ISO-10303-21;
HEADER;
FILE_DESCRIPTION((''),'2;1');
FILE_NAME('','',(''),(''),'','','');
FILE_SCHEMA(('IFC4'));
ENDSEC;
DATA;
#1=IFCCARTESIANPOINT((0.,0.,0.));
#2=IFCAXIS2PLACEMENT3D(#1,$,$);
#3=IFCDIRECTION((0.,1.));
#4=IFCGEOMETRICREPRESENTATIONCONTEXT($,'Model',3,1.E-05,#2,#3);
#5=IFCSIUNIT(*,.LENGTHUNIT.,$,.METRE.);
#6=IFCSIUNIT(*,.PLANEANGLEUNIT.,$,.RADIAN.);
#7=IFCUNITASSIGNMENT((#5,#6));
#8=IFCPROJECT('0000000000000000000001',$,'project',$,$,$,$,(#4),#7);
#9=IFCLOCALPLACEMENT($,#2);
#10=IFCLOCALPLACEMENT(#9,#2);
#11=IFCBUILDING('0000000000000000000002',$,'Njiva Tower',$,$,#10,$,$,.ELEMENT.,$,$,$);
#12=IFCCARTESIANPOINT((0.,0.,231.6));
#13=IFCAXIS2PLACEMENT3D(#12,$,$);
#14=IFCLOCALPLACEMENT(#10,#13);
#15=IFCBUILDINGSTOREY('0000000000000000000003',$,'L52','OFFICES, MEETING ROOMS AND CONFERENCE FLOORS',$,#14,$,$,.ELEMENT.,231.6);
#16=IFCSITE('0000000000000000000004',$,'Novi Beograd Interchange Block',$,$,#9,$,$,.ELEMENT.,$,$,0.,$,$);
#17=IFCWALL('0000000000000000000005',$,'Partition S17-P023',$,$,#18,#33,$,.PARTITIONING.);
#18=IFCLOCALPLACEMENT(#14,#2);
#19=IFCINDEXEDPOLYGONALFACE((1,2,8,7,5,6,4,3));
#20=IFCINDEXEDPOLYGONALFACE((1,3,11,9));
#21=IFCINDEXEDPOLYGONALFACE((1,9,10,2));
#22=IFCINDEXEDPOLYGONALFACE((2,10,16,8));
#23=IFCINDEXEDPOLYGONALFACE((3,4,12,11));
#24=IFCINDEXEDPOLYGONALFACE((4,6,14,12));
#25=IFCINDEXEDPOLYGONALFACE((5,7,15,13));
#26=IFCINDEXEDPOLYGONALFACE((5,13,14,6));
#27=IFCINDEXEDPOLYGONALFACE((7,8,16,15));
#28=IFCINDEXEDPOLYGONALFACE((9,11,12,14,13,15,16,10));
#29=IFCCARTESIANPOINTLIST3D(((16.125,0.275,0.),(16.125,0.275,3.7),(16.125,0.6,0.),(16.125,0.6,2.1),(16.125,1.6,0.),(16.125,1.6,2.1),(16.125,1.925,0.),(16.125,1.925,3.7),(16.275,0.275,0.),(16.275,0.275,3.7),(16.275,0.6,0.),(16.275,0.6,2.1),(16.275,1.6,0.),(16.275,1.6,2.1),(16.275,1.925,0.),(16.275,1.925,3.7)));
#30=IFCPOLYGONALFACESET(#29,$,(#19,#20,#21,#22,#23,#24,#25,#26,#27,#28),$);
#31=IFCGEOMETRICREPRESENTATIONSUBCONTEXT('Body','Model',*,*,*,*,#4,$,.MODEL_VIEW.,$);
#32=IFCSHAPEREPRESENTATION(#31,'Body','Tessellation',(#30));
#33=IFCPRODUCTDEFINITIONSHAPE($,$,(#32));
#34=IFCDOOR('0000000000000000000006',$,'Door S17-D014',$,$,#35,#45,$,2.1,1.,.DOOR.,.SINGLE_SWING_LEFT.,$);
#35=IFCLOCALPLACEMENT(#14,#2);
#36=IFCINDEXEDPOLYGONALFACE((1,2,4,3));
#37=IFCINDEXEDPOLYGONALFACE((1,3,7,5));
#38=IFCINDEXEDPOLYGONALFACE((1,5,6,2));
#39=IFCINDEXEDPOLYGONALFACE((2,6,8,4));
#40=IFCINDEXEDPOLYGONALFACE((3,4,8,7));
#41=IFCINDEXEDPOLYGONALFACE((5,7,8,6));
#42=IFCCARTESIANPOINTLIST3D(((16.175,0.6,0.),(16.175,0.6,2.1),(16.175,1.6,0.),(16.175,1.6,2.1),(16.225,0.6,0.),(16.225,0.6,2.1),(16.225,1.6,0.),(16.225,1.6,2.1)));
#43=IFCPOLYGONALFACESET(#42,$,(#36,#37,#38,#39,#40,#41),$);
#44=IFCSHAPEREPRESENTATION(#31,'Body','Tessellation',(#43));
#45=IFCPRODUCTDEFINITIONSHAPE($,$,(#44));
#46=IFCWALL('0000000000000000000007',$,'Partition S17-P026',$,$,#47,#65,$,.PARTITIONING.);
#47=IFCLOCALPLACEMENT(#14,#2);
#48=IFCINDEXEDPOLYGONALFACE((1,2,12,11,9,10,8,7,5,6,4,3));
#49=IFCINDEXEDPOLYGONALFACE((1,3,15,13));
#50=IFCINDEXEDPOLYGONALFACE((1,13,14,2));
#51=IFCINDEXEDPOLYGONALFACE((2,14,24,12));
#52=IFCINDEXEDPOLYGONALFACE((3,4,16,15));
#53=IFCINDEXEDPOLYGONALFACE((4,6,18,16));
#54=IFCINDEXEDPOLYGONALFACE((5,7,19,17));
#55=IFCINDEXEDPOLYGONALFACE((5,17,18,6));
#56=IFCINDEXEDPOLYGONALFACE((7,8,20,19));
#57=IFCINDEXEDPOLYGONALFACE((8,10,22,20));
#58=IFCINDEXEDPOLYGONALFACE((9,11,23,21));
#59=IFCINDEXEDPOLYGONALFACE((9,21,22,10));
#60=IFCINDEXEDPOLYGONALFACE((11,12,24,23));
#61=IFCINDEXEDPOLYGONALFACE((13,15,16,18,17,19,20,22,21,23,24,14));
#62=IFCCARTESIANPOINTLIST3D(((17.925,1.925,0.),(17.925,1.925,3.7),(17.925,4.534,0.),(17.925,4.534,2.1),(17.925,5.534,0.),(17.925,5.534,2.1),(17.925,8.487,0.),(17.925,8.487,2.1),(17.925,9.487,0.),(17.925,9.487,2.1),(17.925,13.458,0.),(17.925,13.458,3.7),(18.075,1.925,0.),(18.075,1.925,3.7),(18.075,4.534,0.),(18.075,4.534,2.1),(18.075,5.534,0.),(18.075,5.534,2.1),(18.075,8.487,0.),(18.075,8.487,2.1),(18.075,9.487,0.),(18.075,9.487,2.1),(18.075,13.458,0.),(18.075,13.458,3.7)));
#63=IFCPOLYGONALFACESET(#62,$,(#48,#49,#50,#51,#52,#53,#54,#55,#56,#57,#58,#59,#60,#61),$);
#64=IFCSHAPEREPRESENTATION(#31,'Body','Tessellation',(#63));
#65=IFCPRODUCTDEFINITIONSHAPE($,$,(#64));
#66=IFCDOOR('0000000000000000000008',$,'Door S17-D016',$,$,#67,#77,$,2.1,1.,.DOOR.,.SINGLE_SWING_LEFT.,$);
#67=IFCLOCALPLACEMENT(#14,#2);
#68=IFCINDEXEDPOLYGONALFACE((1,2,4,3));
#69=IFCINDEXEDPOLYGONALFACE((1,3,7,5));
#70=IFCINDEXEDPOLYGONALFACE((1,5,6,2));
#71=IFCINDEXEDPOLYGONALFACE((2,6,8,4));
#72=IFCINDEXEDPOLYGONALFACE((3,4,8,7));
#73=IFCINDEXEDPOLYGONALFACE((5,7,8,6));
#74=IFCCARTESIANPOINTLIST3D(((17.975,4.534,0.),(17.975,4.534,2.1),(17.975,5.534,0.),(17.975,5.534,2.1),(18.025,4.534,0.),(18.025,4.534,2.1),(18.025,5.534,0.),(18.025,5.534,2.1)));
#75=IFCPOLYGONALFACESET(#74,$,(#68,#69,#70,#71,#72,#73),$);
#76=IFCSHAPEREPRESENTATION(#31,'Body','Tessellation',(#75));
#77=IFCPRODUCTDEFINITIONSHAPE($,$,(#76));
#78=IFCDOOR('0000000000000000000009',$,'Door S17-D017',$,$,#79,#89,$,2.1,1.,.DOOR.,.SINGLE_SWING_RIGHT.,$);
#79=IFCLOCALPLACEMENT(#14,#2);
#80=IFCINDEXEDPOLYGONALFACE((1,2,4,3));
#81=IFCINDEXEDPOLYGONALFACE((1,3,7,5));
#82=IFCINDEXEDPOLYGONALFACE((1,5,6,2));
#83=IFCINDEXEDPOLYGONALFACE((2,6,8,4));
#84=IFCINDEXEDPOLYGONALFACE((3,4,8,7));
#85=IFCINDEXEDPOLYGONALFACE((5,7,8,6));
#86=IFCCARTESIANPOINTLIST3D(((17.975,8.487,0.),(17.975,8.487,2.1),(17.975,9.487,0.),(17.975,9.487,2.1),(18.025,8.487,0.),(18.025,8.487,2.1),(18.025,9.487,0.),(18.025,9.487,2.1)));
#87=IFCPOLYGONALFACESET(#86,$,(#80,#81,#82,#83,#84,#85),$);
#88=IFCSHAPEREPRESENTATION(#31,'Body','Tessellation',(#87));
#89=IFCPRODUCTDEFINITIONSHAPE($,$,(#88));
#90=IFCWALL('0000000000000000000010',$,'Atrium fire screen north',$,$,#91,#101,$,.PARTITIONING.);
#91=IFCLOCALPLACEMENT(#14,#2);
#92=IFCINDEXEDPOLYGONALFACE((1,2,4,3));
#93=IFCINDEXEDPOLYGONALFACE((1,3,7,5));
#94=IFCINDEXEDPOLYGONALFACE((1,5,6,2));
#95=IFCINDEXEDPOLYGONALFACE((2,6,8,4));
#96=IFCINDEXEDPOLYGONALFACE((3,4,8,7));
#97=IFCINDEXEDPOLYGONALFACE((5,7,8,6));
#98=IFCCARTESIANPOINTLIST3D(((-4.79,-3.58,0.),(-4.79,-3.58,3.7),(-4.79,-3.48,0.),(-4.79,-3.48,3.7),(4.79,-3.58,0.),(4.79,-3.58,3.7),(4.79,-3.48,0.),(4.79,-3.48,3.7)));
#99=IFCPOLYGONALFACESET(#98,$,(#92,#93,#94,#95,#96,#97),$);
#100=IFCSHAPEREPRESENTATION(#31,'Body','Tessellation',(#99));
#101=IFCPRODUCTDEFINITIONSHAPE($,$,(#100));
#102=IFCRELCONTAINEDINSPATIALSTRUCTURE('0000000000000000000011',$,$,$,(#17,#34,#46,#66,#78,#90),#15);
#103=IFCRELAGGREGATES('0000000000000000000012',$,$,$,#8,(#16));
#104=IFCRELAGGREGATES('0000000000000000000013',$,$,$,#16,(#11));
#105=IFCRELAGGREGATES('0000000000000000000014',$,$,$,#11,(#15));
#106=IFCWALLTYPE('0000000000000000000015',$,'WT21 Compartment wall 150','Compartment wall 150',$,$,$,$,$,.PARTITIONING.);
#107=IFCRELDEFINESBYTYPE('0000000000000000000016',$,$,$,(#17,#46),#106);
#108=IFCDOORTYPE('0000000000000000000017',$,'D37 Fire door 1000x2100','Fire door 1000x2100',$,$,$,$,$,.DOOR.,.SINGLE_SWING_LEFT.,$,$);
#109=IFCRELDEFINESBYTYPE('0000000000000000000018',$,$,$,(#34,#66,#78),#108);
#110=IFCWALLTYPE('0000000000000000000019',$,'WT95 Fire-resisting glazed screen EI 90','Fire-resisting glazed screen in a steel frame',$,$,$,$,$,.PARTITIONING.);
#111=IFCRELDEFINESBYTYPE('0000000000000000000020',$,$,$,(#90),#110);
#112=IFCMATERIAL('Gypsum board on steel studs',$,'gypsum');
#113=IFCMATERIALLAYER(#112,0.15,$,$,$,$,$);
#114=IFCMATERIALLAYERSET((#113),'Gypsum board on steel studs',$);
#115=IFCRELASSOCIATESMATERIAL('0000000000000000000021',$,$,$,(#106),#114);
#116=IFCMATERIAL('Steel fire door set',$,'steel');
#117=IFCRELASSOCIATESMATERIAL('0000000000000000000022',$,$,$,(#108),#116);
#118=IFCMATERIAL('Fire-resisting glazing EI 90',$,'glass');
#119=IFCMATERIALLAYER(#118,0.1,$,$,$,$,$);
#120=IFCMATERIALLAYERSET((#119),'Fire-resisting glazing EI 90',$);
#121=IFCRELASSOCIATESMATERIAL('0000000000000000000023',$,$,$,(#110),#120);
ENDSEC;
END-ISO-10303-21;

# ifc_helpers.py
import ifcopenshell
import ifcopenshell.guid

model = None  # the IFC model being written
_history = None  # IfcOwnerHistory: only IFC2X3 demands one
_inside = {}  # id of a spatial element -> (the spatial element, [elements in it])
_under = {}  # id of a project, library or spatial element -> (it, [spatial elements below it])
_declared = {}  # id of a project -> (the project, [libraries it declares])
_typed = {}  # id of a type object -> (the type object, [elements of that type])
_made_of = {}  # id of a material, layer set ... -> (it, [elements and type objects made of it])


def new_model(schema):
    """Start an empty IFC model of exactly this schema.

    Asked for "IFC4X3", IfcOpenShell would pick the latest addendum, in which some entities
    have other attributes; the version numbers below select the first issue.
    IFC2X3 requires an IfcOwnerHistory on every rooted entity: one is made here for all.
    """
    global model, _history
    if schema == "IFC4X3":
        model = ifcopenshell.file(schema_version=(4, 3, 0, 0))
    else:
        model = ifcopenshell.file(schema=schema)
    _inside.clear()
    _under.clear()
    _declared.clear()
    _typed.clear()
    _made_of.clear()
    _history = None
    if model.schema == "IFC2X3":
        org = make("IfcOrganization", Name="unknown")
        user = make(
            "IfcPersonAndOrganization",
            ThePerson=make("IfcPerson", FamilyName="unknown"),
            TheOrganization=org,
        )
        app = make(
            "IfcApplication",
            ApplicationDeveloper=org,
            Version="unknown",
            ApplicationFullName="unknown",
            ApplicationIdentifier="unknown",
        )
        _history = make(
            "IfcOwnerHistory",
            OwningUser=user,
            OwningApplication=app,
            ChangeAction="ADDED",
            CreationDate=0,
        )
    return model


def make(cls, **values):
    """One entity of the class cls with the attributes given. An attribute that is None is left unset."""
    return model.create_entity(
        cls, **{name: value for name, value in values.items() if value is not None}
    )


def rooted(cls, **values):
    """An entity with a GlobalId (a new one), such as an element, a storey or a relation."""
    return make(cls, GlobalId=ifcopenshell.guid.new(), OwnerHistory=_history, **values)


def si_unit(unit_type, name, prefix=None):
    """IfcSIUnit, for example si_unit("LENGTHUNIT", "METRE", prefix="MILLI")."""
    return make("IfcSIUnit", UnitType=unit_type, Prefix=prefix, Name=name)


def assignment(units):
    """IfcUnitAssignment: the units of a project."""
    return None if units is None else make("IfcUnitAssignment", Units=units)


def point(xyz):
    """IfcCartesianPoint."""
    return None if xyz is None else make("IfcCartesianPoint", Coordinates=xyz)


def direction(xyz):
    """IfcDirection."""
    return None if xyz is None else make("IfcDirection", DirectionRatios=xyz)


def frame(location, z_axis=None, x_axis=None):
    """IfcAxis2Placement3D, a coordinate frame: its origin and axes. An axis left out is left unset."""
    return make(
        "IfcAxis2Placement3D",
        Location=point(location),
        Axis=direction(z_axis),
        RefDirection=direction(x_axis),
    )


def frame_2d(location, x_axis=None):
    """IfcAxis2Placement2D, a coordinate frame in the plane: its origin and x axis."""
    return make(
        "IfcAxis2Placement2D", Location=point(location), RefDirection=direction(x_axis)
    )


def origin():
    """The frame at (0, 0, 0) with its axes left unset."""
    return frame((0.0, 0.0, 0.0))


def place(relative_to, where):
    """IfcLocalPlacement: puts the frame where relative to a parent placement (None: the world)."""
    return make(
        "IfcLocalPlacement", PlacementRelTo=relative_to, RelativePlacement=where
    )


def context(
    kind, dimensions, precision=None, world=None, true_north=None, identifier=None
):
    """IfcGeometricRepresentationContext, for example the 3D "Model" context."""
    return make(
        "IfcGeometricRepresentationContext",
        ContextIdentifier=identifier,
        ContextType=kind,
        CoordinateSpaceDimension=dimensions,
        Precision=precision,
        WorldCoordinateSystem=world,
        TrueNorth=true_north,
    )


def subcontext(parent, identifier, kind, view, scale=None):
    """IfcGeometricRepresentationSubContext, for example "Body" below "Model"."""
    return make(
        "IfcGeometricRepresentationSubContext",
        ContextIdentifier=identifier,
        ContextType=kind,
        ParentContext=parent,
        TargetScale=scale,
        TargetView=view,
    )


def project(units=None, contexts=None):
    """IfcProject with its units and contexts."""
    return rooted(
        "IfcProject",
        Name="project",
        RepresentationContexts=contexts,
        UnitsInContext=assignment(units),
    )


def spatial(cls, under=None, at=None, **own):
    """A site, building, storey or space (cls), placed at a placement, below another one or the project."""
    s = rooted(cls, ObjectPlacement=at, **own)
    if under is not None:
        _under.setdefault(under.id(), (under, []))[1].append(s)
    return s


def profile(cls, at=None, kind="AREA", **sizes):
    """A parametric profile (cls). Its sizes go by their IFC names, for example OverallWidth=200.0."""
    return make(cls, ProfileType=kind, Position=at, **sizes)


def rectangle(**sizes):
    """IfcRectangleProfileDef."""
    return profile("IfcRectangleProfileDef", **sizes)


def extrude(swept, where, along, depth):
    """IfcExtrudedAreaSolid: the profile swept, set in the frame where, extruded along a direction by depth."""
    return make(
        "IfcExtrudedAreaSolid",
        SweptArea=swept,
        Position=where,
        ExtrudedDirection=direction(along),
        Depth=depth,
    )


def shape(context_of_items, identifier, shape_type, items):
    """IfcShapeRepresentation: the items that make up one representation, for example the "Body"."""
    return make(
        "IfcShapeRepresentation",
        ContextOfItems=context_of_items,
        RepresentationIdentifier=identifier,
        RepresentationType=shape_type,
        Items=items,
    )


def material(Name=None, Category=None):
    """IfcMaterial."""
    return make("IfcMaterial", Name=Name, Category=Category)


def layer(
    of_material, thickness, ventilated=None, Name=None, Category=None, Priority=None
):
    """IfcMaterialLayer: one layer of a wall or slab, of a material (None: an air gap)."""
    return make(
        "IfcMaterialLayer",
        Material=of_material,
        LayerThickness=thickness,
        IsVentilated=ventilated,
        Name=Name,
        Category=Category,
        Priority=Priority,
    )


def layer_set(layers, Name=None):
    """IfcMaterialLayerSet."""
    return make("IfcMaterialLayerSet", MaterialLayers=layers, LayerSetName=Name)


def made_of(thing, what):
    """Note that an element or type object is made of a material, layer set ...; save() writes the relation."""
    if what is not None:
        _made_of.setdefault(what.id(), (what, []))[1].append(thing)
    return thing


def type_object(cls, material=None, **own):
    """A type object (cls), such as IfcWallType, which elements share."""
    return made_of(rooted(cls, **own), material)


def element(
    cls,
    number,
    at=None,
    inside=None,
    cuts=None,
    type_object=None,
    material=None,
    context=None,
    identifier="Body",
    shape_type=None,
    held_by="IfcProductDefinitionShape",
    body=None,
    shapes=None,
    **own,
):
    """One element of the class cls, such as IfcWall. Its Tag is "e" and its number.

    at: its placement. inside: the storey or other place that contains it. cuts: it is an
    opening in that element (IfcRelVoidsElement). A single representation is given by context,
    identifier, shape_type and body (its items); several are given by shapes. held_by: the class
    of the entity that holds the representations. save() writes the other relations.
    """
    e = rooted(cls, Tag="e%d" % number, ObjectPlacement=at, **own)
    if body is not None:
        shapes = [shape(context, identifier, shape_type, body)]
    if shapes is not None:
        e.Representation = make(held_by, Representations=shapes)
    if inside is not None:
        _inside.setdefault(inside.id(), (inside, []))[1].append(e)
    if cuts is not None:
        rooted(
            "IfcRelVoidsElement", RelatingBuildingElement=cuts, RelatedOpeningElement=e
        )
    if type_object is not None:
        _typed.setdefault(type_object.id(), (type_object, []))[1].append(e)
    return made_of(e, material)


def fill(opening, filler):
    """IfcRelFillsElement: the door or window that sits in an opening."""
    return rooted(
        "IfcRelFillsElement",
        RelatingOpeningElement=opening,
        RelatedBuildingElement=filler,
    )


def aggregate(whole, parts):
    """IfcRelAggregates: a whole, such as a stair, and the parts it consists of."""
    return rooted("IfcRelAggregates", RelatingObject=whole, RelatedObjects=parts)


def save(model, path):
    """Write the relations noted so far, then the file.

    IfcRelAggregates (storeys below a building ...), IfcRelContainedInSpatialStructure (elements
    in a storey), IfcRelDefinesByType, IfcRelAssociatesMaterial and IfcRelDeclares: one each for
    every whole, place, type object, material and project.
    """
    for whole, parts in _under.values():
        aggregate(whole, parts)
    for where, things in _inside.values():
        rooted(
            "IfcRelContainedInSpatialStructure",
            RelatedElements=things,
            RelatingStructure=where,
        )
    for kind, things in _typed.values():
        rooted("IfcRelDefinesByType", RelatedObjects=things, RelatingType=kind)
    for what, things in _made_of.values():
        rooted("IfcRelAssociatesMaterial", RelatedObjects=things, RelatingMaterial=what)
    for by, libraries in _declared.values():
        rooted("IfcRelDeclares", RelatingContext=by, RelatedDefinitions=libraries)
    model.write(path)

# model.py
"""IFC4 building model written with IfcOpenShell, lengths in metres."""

from ifc_helpers import new_model, si_unit, direction, frame, frame_2d, origin, place, context, subcontext, project, spatial, rectangle, extrude, material, layer, layer_set, type_object, element, fill, save


model = new_model("IFC4")

# Units and contexts
model_context = context("Model", 3, precision=1e-05, world=origin(), true_north=direction((0.0, 1.0)))
body_context = subcontext(model_context, "Body", "Model", "MODEL_VIEW")
ifc_project = project(units=[si_unit("LENGTHUNIT", "METRE"), si_unit("PLANEANGLEUNIT", "RADIAN")], contexts=[model_context])

# Site, building, storey
site_placement = place(None, origin())
site = spatial("IfcSite", under=ifc_project, at=site_placement, Name="Novi Beograd Interchange Block", CompositionType="ELEMENT", RefElevation=0.0)
building_placement = place(site_placement, origin())
building = spatial("IfcBuilding", under=site, at=building_placement, Name="Njiva Tower", CompositionType="ELEMENT")
storey_placement = place(building_placement, frame((0.0, 0.0, 231.6)))
storey = spatial("IfcBuildingStorey", under=building, at=storey_placement, Name="L52", Description="OFFICES, MEETING ROOMS AND CONFERENCE FLOORS", CompositionType="ELEMENT", Elevation=231.6)

# Shared definitions
ifc_material_1 = material(Name="Gypsum board on steel studs", Category="gypsum")
ifc_layer_1 = layer(ifc_material_1, 0.15)
ifc_layer_set_1 = layer_set([ifc_layer_1], Name="Gypsum board on steel studs")
wall_type_1 = type_object("IfcWallType", Name="WT21 Compartment wall 150", Description="Compartment wall 150", PredefinedType="PARTITIONING", material=ifc_layer_set_1)

# Wall, opening, door
ifc_material_2 = material(Name="Steel fire door set", Category="steel")
wall_1_placement = place(storey_placement, frame((16.2, 0.275, 0.0), z_axis=(0.0, 0.0, 1.0), x_axis=(0.0, 1.0, 0.0)))
wall_1 = element("IfcWall", 1, at=wall_1_placement, inside=storey, type_object=wall_type_1, Name="Partition S17-P023", PredefinedType="PARTITIONING", context=body_context, shape_type="SweptSolid", body=[
    extrude(rectangle(XDim=1.65, YDim=0.15, at=frame_2d((0.825, 0.0))), origin(), (0.0, 0.0, 1.0), 3.7),
])
opening_1_placement = place(wall_1_placement, frame((0.325, 0.0, 0.0)))
opening_1 = element("IfcOpeningElement", 2, at=opening_1_placement, cuts=wall_1, PredefinedType="OPENING", context=body_context, shape_type="SweptSolid", body=[
    extrude(rectangle(XDim=1.0, YDim=2.1, at=frame_2d((0.5, 1.05))), frame((0.0, 0.085, 0.0), z_axis=(0.0, -1.0, 0.0), x_axis=(1.0, 0.0, 0.0)), (0.0, 0.0, 1.0), 0.17),
])
door_type_1 = type_object("IfcDoorType", Name="D37 Fire door 1000x2100", Description="Fire door 1000x2100", OperationType="SINGLE_SWING_LEFT", PredefinedType="DOOR", material=ifc_material_2)
door_1_placement = place(opening_1_placement, origin())
door_1 = element("IfcDoor", 3, at=door_1_placement, inside=storey, type_object=door_type_1, Name="Door S17-D014", OperationType="SINGLE_SWING_LEFT", OverallHeight=2.1, OverallWidth=1.0, PredefinedType="DOOR", context=body_context, shape_type="SweptSolid", body=[
    extrude(rectangle(XDim=1.0, YDim=2.1, at=frame_2d((0.5, 1.05))), frame((0.0, 0.025, 0.0), z_axis=(0.0, -1.0, 0.0), x_axis=(1.0, 0.0, 0.0)), (0.0, 0.0, 1.0), 0.05),
])
fill(opening_1, door_1)

# Wall, openings, doors
wall_2_placement = place(storey_placement, frame((18.0, 1.925, 0.0), z_axis=(0.0, 0.0, 1.0), x_axis=(0.0, 1.0, 0.0)))
wall_2 = element("IfcWall", 4, at=wall_2_placement, inside=storey, type_object=wall_type_1, Name="Partition S17-P026", PredefinedType="PARTITIONING", context=body_context, shape_type="SweptSolid", body=[
    extrude(rectangle(XDim=11.533, YDim=0.15, at=frame_2d((5.7665, 0.0))), origin(), (0.0, 0.0, 1.0), 3.7),
])
opening_2_placement = place(wall_2_placement, frame((2.609, 0.0, 0.0)))
opening_2 = element("IfcOpeningElement", 5, at=opening_2_placement, cuts=wall_2, PredefinedType="OPENING", context=body_context, shape_type="SweptSolid", body=[
    extrude(rectangle(XDim=1.0, YDim=2.1, at=frame_2d((0.5, 1.05))), frame((0.0, 0.085, 0.0), z_axis=(0.0, -1.0, 0.0), x_axis=(1.0, 0.0, 0.0)), (0.0, 0.0, 1.0), 0.17),
])
opening_3_placement = place(wall_2_placement, frame((6.562, 0.0, 0.0)))
opening_3 = element("IfcOpeningElement", 6, at=opening_3_placement, cuts=wall_2, PredefinedType="OPENING", context=body_context, shape_type="SweptSolid", body=[
    extrude(rectangle(XDim=1.0, YDim=2.1, at=frame_2d((0.5, 1.05))), frame((0.0, 0.085, 0.0), z_axis=(0.0, -1.0, 0.0), x_axis=(1.0, 0.0, 0.0)), (0.0, 0.0, 1.0), 0.17),
])
door_2_placement = place(opening_2_placement, origin())
door_2 = element("IfcDoor", 7, at=door_2_placement, inside=storey, type_object=door_type_1, Name="Door S17-D016", OperationType="SINGLE_SWING_LEFT", OverallHeight=2.1, OverallWidth=1.0, PredefinedType="DOOR", context=body_context, shape_type="SweptSolid", body=[
    extrude(rectangle(XDim=1.0, YDim=2.1, at=frame_2d((0.5, 1.05))), frame((0.0, 0.025, 0.0), z_axis=(0.0, -1.0, 0.0), x_axis=(1.0, 0.0, 0.0)), (0.0, 0.0, 1.0), 0.05),
])
fill(opening_2, door_2)
door_3_placement = place(opening_3_placement, origin())
door_3 = element("IfcDoor", 8, at=door_3_placement, inside=storey, type_object=door_type_1, Name="Door S17-D017", OperationType="SINGLE_SWING_RIGHT", OverallHeight=2.1, OverallWidth=1.0, PredefinedType="DOOR", context=body_context, shape_type="SweptSolid", body=[
    extrude(rectangle(XDim=1.0, YDim=2.1, at=frame_2d((0.5, 1.05))), frame((0.0, 0.025, 0.0), z_axis=(0.0, -1.0, 0.0), x_axis=(1.0, 0.0, 0.0)), (0.0, 0.0, 1.0), 0.05),
])
fill(opening_3, door_3)

# Wall
ifc_material_3 = material(Name="Fire-resisting glazing EI 90", Category="glass")
ifc_layer_2 = layer(ifc_material_3, 0.1)
ifc_layer_set_2 = layer_set([ifc_layer_2], Name="Fire-resisting glazing EI 90")
wall_type_2 = type_object("IfcWallType", Name="WT95 Fire-resisting glazed screen EI 90", Description="Fire-resisting glazed screen in a steel frame", PredefinedType="PARTITIONING", material=ifc_layer_set_2)
wall_3_placement = place(storey_placement, frame((4.79, -3.53, 0.0), z_axis=(0.0, 0.0, 1.0), x_axis=(-1.0, 0.0, 0.0)))
element("IfcWall", 9, at=wall_3_placement, inside=storey, type_object=wall_type_2, Name="Atrium fire screen north", PredefinedType="PARTITIONING", context=body_context, shape_type="SweptSolid", body=[
    extrude(rectangle(XDim=9.58, YDim=0.1, at=frame_2d((4.79, 0.0))), origin(), (0.0, 0.0, 1.0), 3.7),
])

save(model, "model.ifc")
